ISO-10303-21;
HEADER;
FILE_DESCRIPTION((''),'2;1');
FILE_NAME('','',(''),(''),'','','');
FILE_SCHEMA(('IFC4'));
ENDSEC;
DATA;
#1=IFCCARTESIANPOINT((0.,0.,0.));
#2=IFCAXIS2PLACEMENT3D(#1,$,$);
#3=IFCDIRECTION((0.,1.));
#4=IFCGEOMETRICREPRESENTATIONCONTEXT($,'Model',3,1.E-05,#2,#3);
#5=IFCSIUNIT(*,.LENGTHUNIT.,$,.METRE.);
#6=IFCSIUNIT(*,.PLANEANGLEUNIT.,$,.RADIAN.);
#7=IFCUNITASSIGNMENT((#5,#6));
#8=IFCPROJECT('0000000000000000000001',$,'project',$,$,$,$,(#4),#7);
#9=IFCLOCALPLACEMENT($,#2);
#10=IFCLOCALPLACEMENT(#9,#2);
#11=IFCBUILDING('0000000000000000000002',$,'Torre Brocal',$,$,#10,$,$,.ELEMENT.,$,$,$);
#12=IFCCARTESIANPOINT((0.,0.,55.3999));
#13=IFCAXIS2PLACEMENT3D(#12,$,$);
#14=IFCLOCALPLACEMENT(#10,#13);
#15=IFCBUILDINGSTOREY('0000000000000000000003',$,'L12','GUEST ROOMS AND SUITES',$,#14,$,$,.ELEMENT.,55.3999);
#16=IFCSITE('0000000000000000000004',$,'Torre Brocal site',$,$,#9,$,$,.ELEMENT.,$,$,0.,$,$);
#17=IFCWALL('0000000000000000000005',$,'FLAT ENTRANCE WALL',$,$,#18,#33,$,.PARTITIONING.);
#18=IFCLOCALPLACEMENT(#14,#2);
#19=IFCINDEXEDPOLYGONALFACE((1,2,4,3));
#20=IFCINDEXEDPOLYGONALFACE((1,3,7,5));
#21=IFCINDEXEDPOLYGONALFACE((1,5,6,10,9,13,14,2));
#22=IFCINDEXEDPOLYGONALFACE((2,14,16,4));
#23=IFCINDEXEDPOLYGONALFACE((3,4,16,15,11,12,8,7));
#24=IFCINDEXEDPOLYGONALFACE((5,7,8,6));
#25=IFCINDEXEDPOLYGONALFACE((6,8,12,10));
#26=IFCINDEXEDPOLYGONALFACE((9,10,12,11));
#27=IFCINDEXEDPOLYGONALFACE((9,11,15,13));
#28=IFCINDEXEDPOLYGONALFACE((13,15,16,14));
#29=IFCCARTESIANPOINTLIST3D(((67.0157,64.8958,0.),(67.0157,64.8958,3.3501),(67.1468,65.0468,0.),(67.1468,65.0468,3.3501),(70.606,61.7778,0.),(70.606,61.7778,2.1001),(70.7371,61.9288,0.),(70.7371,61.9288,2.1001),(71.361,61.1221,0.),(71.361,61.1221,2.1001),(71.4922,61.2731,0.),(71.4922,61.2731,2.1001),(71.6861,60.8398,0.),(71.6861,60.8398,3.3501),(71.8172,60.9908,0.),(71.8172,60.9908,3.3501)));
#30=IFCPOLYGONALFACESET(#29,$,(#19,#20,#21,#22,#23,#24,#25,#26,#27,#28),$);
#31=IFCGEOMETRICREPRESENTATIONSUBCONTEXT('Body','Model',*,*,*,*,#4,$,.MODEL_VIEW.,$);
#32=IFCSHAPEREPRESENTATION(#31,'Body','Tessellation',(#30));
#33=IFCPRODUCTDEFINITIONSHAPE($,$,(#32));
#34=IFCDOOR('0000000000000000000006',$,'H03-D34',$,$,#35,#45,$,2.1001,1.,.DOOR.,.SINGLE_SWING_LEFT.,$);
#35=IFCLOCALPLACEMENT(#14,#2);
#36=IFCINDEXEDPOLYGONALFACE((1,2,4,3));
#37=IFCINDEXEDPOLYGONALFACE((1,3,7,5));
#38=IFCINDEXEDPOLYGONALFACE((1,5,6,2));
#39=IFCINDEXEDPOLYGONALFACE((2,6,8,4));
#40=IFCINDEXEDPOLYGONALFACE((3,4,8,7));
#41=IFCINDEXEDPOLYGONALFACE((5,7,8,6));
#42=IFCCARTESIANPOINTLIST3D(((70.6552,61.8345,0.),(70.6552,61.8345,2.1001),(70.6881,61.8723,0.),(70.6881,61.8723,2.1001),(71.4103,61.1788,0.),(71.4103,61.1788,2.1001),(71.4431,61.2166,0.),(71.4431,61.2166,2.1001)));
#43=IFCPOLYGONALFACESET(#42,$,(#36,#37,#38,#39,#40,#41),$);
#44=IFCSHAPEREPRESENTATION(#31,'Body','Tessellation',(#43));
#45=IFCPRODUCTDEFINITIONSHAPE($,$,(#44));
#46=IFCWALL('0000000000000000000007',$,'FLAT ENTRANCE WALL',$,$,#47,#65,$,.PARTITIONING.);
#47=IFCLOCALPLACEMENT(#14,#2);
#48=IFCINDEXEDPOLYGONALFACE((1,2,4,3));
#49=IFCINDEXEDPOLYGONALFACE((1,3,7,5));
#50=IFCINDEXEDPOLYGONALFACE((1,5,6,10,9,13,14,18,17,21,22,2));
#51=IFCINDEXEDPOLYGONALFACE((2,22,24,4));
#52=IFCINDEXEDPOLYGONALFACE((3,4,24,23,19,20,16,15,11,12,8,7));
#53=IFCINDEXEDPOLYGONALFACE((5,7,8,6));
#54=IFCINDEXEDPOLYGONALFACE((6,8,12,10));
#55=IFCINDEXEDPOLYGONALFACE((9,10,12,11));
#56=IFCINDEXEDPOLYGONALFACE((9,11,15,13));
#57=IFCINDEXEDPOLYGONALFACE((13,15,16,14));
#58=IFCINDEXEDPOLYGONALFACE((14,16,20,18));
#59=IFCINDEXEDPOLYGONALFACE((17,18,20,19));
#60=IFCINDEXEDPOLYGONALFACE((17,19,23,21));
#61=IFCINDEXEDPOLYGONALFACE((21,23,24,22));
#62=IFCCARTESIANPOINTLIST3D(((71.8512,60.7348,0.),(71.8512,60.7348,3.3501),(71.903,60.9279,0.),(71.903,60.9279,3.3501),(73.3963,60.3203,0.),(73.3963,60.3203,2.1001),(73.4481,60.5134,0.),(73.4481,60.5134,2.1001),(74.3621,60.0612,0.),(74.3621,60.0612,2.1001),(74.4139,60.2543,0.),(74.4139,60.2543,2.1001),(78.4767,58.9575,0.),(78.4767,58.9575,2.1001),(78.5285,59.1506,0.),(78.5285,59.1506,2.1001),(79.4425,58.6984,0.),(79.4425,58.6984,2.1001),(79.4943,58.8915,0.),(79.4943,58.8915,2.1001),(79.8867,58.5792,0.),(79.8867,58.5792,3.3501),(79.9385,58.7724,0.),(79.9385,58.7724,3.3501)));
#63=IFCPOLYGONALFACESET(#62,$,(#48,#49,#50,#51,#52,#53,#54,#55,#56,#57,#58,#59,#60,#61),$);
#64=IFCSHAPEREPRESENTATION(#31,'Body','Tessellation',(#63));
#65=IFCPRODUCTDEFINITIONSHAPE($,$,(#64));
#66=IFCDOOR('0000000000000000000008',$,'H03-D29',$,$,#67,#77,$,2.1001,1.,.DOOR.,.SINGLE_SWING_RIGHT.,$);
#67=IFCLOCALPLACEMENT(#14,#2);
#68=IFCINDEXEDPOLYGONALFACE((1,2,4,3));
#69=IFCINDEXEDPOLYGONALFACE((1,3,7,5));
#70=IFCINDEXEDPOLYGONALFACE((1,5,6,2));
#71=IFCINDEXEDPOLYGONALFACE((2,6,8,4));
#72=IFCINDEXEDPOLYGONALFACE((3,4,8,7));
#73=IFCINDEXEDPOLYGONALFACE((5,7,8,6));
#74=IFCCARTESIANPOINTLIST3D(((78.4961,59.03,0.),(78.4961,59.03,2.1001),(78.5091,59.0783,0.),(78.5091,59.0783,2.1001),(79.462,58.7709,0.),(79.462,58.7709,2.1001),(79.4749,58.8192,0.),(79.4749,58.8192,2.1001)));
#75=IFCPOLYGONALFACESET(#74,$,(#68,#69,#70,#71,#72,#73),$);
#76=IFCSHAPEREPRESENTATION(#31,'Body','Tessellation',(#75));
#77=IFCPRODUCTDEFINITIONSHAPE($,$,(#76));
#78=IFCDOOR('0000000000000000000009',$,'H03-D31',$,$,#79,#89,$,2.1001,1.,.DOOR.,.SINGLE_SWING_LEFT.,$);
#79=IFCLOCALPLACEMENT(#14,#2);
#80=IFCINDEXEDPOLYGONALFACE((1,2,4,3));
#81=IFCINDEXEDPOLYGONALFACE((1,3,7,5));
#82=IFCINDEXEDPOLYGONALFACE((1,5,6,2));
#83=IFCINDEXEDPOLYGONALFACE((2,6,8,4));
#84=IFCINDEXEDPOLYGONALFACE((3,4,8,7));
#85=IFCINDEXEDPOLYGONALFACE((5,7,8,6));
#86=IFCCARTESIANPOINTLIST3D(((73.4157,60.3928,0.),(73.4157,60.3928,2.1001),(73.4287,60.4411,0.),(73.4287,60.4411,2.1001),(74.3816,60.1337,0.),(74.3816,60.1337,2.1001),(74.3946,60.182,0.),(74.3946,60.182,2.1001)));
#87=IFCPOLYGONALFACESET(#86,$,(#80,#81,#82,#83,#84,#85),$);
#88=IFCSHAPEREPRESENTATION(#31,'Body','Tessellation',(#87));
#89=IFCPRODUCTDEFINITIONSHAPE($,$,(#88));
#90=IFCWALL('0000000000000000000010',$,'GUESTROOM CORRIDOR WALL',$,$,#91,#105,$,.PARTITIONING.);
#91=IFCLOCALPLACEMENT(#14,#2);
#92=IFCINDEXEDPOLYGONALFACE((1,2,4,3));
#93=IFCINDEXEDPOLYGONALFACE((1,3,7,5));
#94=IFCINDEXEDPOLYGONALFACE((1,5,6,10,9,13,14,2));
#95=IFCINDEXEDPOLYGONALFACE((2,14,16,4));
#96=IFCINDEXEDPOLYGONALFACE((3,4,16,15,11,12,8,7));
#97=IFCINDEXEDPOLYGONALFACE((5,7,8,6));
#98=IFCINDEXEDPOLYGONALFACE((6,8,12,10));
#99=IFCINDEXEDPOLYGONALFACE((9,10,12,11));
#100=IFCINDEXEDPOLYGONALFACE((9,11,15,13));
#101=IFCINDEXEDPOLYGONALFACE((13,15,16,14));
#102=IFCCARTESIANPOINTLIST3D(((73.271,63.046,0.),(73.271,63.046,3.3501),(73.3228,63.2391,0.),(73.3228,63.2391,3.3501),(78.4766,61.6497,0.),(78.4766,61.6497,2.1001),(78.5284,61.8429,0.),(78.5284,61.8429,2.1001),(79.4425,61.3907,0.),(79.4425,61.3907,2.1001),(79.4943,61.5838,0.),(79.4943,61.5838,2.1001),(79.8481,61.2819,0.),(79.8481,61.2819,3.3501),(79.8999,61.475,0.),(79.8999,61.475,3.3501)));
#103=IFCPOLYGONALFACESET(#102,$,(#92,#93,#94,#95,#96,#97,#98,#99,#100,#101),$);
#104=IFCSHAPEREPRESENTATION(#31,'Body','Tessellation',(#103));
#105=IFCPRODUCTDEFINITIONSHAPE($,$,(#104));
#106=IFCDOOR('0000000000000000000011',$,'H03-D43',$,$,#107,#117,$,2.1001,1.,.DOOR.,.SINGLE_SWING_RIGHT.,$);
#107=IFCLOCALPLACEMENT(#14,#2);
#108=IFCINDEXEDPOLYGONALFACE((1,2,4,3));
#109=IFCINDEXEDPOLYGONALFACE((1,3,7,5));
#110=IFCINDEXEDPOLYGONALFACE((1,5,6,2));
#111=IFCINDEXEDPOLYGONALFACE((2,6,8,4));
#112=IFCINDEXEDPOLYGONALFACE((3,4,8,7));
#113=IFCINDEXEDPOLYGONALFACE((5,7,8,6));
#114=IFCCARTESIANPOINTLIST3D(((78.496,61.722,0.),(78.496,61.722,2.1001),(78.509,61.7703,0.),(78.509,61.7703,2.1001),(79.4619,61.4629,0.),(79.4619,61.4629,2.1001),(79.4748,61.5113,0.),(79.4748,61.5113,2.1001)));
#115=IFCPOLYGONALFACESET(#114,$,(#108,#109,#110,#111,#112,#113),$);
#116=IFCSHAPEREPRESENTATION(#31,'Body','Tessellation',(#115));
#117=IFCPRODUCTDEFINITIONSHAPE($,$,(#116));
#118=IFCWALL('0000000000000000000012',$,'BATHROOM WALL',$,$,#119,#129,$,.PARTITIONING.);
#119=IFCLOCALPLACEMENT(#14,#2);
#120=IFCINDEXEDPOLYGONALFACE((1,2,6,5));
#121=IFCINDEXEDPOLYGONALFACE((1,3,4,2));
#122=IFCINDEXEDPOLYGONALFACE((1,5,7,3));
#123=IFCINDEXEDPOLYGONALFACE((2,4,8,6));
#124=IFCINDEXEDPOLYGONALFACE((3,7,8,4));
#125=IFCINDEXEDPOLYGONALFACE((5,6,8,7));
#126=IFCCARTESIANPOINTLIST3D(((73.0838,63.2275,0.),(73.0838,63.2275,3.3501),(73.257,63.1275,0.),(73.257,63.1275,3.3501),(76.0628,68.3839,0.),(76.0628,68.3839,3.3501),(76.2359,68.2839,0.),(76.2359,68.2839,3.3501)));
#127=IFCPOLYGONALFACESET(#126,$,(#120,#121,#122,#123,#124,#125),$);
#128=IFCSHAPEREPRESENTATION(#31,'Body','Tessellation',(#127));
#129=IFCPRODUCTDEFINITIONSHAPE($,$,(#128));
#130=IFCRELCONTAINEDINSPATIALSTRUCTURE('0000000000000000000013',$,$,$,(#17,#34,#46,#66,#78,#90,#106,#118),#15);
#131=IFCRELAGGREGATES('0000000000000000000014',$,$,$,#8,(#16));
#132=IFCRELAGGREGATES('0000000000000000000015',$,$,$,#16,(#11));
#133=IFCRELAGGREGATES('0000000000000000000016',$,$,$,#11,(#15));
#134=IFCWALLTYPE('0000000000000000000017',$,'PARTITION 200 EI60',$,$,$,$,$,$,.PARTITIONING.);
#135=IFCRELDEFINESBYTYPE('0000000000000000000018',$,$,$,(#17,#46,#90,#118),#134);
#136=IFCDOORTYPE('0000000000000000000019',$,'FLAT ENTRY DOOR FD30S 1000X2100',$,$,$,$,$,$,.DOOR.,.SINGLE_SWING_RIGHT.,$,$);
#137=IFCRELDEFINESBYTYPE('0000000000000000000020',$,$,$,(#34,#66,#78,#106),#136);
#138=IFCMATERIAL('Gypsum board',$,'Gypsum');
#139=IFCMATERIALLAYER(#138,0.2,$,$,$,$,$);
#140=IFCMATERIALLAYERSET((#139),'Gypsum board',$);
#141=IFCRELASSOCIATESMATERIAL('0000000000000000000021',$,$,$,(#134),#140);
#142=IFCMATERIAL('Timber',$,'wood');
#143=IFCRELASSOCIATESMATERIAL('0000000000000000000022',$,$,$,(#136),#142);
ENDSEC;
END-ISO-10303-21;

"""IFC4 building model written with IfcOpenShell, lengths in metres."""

from ifc_helpers import new_model, si_unit, direction, frame, frame_2d, origin, place, context, subcontext, project, spatial, rectangle, extrude, material, layer, layer_set, type_object, element, fill, save


model = new_model("IFC4")

# Units and contexts
model_context = context("Model", 3, precision=1e-05, world=origin(), true_north=direction((0.0, 1.0)))
body_context = subcontext(model_context, "Body", "Model", "MODEL_VIEW")
ifc_project = project(units=[si_unit("LENGTHUNIT", "METRE"), si_unit("PLANEANGLEUNIT", "RADIAN")], contexts=[model_context])

# Site, building, storey
site_placement = place(None, origin())
site = spatial("IfcSite", under=ifc_project, at=site_placement, Name="Torre Brocal site", CompositionType="ELEMENT", RefElevation=0.0)
building_placement = place(site_placement, origin())
building = spatial("IfcBuilding", under=site, at=building_placement, Name="Torre Brocal", CompositionType="ELEMENT")
storey_placement = place(building_placement, frame((0.0, 0.0, 55.3999)))
storey = spatial("IfcBuildingStorey", under=building, at=storey_placement, Name="L12", Description="GUEST ROOMS AND SUITES", CompositionType="ELEMENT", Elevation=55.3999)

# Wall, opening, door
ifc_material_1 = material(Name="Gypsum board", Category="Gypsum")
ifc_layer_1 = layer(ifc_material_1, 0.2)
ifc_layer_set_1 = layer_set([ifc_layer_1], Name="Gypsum board")
wall_type_1 = type_object("IfcWallType", Name="PARTITION 200 EI60", PredefinedType="PARTITIONING", material=ifc_layer_set_1)
wall_1_placement = place(storey_placement, frame((67.0813, 64.9712, 0.0), z_axis=(0.0, 0.0, 1.0), x_axis=(0.755031, -0.655689, 0.0)))
wall_1 = element("IfcWall", 1, at=wall_1_placement, inside=storey, type_object=wall_type_1, Name="FLAT ENTRANCE WALL", PredefinedType="PARTITIONING", context=body_context, shape_type="SweptSolid", body=[
    extrude(rectangle(XDim=6.1858, YDim=0.2, at=frame_2d((3.0928, 0.0))), origin(), (0.0, 0.0, 1.0), 3.3501),
])
opening_1_placement = place(wall_1_placement, frame((4.7551, 0.0, 0.0)))
opening_1 = element("IfcOpeningElement", 2, at=opening_1_placement, cuts=wall_1, PredefinedType="OPENING", context=body_context, shape_type="SweptSolid", body=[
    extrude(rectangle(XDim=1.0, YDim=2.1001, at=frame_2d((0.5, 1.05))), frame((0.0, 0.1099, 0.0), z_axis=(0.0, -1.0, 0.0), x_axis=(1.0, 0.0, 0.0)), (0.0, 0.0, 1.0), 0.22),
])
ifc_material_2 = material(Name="Timber", Category="wood")
door_type_1 = type_object("IfcDoorType", Name="FLAT ENTRY DOOR FD30S 1000X2100", OperationType="SINGLE_SWING_RIGHT", PredefinedType="DOOR", material=ifc_material_2)
door_1_placement = place(opening_1_placement, frame((1.0, 0.0, 0.0), z_axis=(0.0, 0.0, 1.0), x_axis=(-1.0, 0.0, 0.0)))
door_1 = element("IfcDoor", 3, at=door_1_placement, inside=storey, type_object=door_type_1, Name="H03-D34", OperationType="SINGLE_SWING_LEFT", OverallHeight=2.1001, OverallWidth=1.0, PredefinedType="DOOR", context=body_context, shape_type="SweptSolid", body=[
    extrude(rectangle(XDim=1.0, YDim=2.1001, at=frame_2d((0.5, 1.05))), frame((0.0, 0.0249, 0.0), z_axis=(0.0, -1.0, 0.0), x_axis=(1.0, 0.0, 0.0)), (0.0, 0.0, 1.0), 0.05),
])
fill(opening_1, door_1)

# Wall, openings, doors
wall_2_placement = place(storey_placement, frame((71.8772, 60.8313, 0.0), z_axis=(0.0, 0.0, 1.0), x_axis=(0.965853, -0.259093, 0.0)))
wall_2 = element("IfcWall", 4, at=wall_2_placement, inside=storey, type_object=wall_type_1, Name="FLAT ENTRANCE WALL", PredefinedType="PARTITIONING", context=body_context, shape_type="SweptSolid", body=[
    extrude(rectangle(XDim=8.3196, YDim=0.2, at=frame_2d((4.1597, 0.0))), origin(), (0.0, 0.0, 1.0), 3.3501),
])
opening_2_placement = place(wall_2_placement, frame((6.8596, 0.0, 0.0)))
opening_2 = element("IfcOpeningElement", 5, at=opening_2_placement, cuts=wall_2, PredefinedType="OPENING", context=body_context, shape_type="SweptSolid", body=[
    extrude(rectangle(XDim=1.0, YDim=2.1001, at=frame_2d((0.5, 1.05))), frame((0.0, 0.1099, 0.0), z_axis=(0.0, -1.0, 0.0), x_axis=(1.0, 0.0, 0.0)), (0.0, 0.0, 1.0), 0.22),
])
opening_3_placement = place(wall_2_placement, frame((1.5996, 0.0, 0.0)))
opening_3 = element("IfcOpeningElement", 6, at=opening_3_placement, cuts=wall_2, PredefinedType="OPENING", context=body_context, shape_type="SweptSolid", body=[
    extrude(rectangle(XDim=1.0, YDim=2.1001, at=frame_2d((0.5, 1.05))), frame((0.0, 0.1099, 0.0), z_axis=(0.0, -1.0, 0.0), x_axis=(1.0, 0.0, 0.0)), (0.0, 0.0, 1.0), 0.22),
])
door_2_placement = place(opening_2_placement, frame((1.0, 0.0, 0.0), z_axis=(0.0, 0.0, 1.0), x_axis=(-1.0, 0.0, 0.0)))
door_2 = element("IfcDoor", 7, at=door_2_placement, inside=storey, type_object=door_type_1, Name="H03-D29", OperationType="SINGLE_SWING_RIGHT", OverallHeight=2.1001, OverallWidth=1.0, PredefinedType="DOOR", context=body_context, shape_type="SweptSolid", body=[
    extrude(rectangle(XDim=1.0, YDim=2.1001, at=frame_2d((0.5, 1.05))), frame((0.0, 0.0249, 0.0), z_axis=(0.0, -1.0, 0.0), x_axis=(1.0, 0.0, 0.0)), (0.0, 0.0, 1.0), 0.05),
])
fill(opening_2, door_2)
door_3_placement = place(opening_3_placement, frame((1.0, 0.0, 0.0), z_axis=(0.0, 0.0, 1.0), x_axis=(-1.0, 0.0, 0.0)))
door_3 = element("IfcDoor", 8, at=door_3_placement, inside=storey, type_object=door_type_1, Name="H03-D31", OperationType="SINGLE_SWING_LEFT", OverallHeight=2.1001, OverallWidth=1.0, PredefinedType="DOOR", context=body_context, shape_type="SweptSolid", body=[
    extrude(rectangle(XDim=1.0, YDim=2.1001, at=frame_2d((0.5, 1.05))), frame((0.0, 0.0249, 0.0), z_axis=(0.0, -1.0, 0.0), x_axis=(1.0, 0.0, 0.0)), (0.0, 0.0, 1.0), 0.05),
])
fill(opening_3, door_3)

# Wall, opening, door
wall_3_placement = place(storey_placement, frame((73.2969, 63.1426, 0.0), z_axis=(0.0, 0.0, 1.0), x_axis=(0.965859, -0.259068, 0.0)))
wall_3 = element("IfcWall", 9, at=wall_3_placement, inside=storey, type_object=wall_type_1, Name="GUESTROOM CORRIDOR WALL", PredefinedType="PARTITIONING", context=body_context, shape_type="SweptSolid", body=[
    extrude(rectangle(XDim=6.8096, YDim=0.2, at=frame_2d((3.4048, 0.0))), origin(), (0.0, 0.0, 1.0), 3.3501),
])
opening_4_placement = place(wall_3_placement, frame((5.3896, 0.0, 0.0)))
opening_4 = element("IfcOpeningElement", 10, at=opening_4_placement, cuts=wall_3, PredefinedType="OPENING", context=body_context, shape_type="SweptSolid", body=[
    extrude(rectangle(XDim=1.0, YDim=2.1001, at=frame_2d((0.5, 1.05))), frame((0.0, 0.1099, 0.0), z_axis=(0.0, -1.0, 0.0), x_axis=(1.0, 0.0, 0.0)), (0.0, 0.0, 1.0), 0.22),
])
door_4_placement = place(opening_4_placement, origin())
door_4 = element("IfcDoor", 11, at=door_4_placement, inside=storey, type_object=door_type_1, Name="H03-D43", OperationType="SINGLE_SWING_RIGHT", OverallHeight=2.1001, OverallWidth=1.0, PredefinedType="DOOR", context=body_context, shape_type="SweptSolid", body=[
    extrude(rectangle(XDim=1.0, YDim=2.1001, at=frame_2d((0.5, 1.05))), frame((0.0, 0.0249, 0.0), z_axis=(0.0, -1.0, 0.0), x_axis=(1.0, 0.0, 0.0)), (0.0, 0.0, 1.0), 0.05),
])
fill(opening_4, door_4)

# Wall
wall_4_placement = place(storey_placement, frame((73.1704, 63.1775, 0.0), z_axis=(0.0, 0.0, 1.0), x_axis=(0.500239, 0.865887, 0.0)))
element("IfcWall", 12, at=wall_4_placement, inside=storey, type_object=wall_type_1, Name="BATHROOM WALL", PredefinedType="PARTITIONING", context=body_context, shape_type="SweptSolid", body=[
    extrude(rectangle(XDim=5.9551, YDim=0.2, at=frame_2d((2.9775, 0.0))), origin(), (0.0, 0.0, 1.0), 3.3501),
])

save(model, "model.ifc")
